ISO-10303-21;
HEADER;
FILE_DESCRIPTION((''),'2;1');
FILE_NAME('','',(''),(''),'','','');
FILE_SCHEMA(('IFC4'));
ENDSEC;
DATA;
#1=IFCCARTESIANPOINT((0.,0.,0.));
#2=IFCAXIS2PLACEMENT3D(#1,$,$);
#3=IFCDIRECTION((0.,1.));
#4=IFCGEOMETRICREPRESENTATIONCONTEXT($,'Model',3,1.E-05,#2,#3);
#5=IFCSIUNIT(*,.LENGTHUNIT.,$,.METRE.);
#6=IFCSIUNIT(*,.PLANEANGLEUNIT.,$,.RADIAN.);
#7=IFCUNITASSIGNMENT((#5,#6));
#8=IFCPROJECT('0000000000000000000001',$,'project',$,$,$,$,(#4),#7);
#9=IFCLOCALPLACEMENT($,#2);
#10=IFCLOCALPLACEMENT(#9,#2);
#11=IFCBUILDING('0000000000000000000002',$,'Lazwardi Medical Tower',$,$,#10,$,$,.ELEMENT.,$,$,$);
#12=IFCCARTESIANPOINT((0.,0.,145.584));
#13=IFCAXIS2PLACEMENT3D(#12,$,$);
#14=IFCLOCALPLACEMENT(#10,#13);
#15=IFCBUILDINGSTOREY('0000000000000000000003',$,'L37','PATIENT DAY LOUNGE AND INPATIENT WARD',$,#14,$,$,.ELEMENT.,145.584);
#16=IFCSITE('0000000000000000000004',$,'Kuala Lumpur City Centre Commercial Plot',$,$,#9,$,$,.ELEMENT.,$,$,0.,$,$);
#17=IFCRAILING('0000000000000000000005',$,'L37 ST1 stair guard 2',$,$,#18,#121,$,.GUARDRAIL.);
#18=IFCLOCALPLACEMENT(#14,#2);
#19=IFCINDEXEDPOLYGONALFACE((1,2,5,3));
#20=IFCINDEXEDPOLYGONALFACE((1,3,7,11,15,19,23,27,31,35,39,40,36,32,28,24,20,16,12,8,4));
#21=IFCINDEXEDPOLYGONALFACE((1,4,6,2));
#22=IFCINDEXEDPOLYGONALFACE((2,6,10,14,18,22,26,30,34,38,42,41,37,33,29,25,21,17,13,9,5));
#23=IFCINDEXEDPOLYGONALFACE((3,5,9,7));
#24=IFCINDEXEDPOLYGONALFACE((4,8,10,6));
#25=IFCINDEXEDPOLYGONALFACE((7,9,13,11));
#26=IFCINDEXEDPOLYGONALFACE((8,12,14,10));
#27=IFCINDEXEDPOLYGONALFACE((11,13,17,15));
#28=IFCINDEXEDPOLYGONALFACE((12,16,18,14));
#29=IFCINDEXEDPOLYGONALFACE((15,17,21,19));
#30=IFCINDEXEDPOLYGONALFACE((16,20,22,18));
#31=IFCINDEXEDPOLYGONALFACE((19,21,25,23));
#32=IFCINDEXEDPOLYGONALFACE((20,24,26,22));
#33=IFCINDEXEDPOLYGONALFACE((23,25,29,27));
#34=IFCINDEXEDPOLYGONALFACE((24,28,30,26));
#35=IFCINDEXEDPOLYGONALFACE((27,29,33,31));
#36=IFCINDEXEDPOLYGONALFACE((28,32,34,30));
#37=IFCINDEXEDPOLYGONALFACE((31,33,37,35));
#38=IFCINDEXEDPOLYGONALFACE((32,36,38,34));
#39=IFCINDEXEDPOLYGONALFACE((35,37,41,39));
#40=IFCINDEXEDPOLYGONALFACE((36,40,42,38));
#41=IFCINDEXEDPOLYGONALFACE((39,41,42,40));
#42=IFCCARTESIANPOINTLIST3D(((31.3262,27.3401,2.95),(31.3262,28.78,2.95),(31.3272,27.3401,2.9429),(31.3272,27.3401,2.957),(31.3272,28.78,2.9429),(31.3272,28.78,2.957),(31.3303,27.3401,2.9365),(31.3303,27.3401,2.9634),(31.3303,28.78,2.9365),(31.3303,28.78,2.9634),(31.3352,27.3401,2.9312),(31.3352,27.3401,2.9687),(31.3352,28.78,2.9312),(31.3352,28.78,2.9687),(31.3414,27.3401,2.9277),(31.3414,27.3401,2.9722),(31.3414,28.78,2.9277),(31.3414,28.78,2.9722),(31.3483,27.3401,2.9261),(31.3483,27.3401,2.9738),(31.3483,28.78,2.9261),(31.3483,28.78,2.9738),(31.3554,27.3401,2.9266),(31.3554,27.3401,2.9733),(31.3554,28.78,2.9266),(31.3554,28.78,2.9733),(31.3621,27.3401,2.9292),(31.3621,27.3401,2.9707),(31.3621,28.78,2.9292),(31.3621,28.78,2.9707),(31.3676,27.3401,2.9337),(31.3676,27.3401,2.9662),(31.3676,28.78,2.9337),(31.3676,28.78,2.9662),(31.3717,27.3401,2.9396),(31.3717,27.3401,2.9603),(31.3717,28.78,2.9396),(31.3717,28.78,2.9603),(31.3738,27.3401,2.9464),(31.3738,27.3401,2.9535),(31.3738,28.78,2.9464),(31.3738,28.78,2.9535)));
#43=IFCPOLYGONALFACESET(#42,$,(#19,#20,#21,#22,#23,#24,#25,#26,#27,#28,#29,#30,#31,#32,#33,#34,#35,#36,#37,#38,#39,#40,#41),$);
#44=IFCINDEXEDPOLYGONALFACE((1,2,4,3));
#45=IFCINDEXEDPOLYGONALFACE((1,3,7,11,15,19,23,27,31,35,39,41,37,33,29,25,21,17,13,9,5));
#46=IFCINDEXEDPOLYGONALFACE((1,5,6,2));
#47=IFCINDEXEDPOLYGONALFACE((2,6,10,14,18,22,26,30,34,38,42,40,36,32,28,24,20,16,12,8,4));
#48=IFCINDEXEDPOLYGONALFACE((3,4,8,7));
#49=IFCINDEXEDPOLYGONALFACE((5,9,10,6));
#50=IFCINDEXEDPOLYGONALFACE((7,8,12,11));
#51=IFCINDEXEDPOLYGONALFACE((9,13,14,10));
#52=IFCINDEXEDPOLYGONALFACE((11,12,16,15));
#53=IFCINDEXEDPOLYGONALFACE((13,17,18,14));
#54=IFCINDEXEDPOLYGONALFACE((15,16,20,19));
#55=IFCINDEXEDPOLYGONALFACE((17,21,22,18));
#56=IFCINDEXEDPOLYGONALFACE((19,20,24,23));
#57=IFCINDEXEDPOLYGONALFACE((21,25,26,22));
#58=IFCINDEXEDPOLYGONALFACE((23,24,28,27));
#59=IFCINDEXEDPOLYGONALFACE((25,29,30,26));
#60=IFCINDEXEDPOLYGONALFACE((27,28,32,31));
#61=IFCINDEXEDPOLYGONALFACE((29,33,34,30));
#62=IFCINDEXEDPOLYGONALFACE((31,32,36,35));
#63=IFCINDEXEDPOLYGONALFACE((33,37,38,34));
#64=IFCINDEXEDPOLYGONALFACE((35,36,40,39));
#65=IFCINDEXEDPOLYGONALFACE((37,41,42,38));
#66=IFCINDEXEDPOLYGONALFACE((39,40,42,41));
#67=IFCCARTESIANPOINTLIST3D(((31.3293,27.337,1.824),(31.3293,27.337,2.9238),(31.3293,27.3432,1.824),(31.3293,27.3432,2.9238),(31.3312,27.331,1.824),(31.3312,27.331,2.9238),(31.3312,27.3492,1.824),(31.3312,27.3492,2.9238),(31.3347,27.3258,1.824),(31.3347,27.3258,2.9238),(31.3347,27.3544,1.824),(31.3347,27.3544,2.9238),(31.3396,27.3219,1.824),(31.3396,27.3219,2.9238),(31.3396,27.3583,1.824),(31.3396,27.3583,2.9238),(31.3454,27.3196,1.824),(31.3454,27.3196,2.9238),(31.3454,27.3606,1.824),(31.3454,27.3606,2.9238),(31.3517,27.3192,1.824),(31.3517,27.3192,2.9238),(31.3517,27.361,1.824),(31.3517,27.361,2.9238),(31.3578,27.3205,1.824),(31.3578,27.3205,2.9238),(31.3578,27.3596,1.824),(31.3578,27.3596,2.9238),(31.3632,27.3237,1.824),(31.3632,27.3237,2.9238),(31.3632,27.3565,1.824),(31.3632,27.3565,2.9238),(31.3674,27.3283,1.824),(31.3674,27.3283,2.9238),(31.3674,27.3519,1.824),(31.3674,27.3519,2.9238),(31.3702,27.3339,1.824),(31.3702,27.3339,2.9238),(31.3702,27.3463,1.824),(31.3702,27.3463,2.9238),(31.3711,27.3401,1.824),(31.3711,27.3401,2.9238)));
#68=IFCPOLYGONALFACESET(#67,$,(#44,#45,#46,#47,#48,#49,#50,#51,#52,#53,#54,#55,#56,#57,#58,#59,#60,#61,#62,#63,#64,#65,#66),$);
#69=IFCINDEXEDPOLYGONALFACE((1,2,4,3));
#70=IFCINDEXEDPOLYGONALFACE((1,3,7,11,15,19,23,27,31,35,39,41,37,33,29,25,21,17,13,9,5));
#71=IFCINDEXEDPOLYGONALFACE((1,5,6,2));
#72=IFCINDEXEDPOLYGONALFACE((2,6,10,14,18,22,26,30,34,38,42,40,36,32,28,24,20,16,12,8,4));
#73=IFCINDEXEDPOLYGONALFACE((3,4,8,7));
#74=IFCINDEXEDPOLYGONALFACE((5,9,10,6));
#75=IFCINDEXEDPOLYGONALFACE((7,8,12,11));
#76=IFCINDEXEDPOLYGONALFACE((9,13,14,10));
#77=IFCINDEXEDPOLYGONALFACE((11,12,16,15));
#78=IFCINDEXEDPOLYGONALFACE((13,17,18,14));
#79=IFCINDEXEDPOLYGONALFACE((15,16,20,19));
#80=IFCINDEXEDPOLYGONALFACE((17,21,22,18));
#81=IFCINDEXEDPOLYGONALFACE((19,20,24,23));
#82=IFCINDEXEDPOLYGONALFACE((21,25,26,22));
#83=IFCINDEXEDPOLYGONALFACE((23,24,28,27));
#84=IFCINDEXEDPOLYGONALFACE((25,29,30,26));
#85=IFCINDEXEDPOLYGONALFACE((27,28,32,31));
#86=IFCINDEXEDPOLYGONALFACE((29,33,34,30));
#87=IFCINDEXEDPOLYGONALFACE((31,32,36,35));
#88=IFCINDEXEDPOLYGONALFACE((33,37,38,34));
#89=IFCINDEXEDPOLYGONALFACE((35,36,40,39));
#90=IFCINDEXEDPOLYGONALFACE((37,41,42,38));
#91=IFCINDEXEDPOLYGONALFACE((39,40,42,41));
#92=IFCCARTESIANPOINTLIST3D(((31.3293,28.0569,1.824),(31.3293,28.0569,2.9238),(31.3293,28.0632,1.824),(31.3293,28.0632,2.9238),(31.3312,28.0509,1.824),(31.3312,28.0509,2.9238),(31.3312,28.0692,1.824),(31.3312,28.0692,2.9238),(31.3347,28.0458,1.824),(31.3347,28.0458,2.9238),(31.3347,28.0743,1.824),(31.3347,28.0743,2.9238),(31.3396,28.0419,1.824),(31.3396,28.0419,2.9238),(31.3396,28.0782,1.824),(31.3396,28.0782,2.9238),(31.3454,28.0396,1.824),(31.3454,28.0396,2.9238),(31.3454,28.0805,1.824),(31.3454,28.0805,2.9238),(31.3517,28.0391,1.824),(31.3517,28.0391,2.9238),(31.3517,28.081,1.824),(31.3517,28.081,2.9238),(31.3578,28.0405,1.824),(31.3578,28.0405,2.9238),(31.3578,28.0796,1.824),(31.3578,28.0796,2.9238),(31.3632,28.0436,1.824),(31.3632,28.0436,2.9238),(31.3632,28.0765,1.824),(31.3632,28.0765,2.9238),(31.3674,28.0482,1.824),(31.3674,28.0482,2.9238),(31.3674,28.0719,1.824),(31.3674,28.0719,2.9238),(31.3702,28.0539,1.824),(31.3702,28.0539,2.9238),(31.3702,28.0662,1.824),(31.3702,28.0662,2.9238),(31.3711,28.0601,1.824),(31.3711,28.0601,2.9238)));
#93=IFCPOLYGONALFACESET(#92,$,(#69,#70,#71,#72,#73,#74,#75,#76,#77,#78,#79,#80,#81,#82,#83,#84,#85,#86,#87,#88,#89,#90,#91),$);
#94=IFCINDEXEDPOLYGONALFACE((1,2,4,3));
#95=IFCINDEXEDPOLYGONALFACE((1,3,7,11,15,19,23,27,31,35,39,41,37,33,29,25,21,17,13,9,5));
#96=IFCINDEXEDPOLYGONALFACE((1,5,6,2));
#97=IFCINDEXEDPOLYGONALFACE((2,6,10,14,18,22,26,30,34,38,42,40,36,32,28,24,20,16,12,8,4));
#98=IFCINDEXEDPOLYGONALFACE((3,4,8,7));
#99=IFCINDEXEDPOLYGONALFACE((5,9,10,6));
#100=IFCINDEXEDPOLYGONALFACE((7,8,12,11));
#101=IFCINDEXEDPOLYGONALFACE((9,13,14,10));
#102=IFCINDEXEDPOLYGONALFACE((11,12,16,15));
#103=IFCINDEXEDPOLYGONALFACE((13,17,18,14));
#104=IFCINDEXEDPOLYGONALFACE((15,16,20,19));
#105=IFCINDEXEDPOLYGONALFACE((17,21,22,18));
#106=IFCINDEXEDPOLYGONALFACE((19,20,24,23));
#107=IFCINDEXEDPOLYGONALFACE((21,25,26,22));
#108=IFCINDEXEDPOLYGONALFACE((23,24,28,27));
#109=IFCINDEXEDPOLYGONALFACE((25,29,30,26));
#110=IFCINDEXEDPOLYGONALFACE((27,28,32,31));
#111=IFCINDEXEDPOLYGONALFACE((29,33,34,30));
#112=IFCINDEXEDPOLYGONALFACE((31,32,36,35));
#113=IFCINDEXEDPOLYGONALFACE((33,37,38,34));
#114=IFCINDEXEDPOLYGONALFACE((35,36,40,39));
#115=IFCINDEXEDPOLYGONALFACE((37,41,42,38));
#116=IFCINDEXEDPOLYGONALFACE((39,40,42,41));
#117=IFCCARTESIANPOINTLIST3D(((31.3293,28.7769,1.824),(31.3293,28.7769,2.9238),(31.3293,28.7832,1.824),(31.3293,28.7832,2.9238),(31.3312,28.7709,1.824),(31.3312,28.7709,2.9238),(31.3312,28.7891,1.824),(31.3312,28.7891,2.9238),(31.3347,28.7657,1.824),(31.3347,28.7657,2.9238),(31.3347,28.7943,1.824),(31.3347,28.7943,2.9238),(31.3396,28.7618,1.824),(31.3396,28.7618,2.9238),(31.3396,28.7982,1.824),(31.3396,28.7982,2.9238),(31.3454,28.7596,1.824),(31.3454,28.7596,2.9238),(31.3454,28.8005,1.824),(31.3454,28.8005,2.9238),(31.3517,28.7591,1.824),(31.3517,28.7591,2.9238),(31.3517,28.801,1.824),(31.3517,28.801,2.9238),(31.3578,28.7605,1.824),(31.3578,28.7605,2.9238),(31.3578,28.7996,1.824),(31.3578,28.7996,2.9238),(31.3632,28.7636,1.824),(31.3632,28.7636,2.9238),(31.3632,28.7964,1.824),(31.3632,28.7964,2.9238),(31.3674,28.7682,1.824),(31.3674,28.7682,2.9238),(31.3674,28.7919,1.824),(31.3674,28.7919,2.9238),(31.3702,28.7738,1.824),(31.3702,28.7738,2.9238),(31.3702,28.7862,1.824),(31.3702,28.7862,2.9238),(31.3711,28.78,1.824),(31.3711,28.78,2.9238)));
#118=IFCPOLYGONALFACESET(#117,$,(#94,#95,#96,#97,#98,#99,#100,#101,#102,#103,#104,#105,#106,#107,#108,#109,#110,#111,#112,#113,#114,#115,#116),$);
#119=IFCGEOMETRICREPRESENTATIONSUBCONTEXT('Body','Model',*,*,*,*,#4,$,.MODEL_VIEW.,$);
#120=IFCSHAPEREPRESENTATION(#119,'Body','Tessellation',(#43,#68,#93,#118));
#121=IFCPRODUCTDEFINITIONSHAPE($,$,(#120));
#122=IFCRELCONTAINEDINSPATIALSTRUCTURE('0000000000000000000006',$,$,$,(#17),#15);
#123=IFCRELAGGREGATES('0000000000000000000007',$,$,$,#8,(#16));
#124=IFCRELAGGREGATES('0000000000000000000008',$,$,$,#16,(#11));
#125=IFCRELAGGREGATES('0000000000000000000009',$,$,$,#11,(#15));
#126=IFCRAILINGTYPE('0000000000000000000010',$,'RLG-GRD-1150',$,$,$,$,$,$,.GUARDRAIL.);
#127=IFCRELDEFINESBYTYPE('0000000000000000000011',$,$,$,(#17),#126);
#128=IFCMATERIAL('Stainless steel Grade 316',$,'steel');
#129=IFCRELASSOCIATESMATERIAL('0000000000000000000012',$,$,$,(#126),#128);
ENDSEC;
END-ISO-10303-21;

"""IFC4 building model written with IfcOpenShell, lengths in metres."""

from ifc_helpers import new_model, si_unit, direction, frame, origin, origin_2d, place, context, subcontext, project, spatial, circle, extrude, material, type_object, element, save


model = new_model("IFC4")

# Units and contexts
model_context = context("Model", 3, precision=1e-05, world=origin(), true_north=direction((0.0, 1.0)))
body_context = subcontext(model_context, "Body", "Model", "MODEL_VIEW")
ifc_project = project(units=[si_unit("LENGTHUNIT", "METRE"), si_unit("PLANEANGLEUNIT", "RADIAN")], contexts=[model_context])

# Site, building, storey
site_placement = place(None, origin())
site = spatial("IfcSite", under=ifc_project, at=site_placement, Name="Kuala Lumpur City Centre Commercial Plot", CompositionType="ELEMENT", RefElevation=0.0)
building_placement = place(site_placement, origin())
building = spatial("IfcBuilding", under=site, at=building_placement, Name="Lazwardi Medical Tower", CompositionType="ELEMENT")
storey_placement = place(building_placement, frame((0.0, 0.0, 145.584)))
storey = spatial("IfcBuildingStorey", under=building, at=storey_placement, Name="L37", Description="PATIENT DAY LOUNGE AND INPATIENT WARD", CompositionType="ELEMENT", Elevation=145.584)

# Railing
ifc_material_1 = material(Name="Stainless steel Grade 316", Category="steel")
railing_type_1 = type_object("IfcRailingType", Name="RLG-GRD-1150", PredefinedType="GUARDRAIL", material=ifc_material_1)
railing_1_placement = place(storey_placement, frame((31.3501, 27.3401, 1.824)))
element("IfcRailing", 1, at=railing_1_placement, inside=storey, type_object=railing_type_1, Name="L37 ST1 stair guard 2", PredefinedType="GUARDRAIL", context=body_context, shape_type="SweptSolid", body=[
    extrude(circle(Radius=0.0239, at=origin_2d()), frame((0.0, 0.0, 1.126), z_axis=(0.0, 1.0, 0.0), x_axis=(-1.0, 0.0, 0.0)), (0.0, 0.0, 1.0), 1.4399),
    extrude(circle(Radius=0.021, at=origin_2d()), origin(), (0.0, 0.0, 1.0), 1.0999),
    extrude(circle(Radius=0.021, at=origin_2d()), frame((0.0, 0.72, 0.0)), (0.0, 0.0, 1.0), 1.0999),
    extrude(circle(Radius=0.021, at=origin_2d()), frame((0.0, 1.4399, 0.0)), (0.0, 0.0, 1.0), 1.0999),
])

save(model, "model.ifc")
